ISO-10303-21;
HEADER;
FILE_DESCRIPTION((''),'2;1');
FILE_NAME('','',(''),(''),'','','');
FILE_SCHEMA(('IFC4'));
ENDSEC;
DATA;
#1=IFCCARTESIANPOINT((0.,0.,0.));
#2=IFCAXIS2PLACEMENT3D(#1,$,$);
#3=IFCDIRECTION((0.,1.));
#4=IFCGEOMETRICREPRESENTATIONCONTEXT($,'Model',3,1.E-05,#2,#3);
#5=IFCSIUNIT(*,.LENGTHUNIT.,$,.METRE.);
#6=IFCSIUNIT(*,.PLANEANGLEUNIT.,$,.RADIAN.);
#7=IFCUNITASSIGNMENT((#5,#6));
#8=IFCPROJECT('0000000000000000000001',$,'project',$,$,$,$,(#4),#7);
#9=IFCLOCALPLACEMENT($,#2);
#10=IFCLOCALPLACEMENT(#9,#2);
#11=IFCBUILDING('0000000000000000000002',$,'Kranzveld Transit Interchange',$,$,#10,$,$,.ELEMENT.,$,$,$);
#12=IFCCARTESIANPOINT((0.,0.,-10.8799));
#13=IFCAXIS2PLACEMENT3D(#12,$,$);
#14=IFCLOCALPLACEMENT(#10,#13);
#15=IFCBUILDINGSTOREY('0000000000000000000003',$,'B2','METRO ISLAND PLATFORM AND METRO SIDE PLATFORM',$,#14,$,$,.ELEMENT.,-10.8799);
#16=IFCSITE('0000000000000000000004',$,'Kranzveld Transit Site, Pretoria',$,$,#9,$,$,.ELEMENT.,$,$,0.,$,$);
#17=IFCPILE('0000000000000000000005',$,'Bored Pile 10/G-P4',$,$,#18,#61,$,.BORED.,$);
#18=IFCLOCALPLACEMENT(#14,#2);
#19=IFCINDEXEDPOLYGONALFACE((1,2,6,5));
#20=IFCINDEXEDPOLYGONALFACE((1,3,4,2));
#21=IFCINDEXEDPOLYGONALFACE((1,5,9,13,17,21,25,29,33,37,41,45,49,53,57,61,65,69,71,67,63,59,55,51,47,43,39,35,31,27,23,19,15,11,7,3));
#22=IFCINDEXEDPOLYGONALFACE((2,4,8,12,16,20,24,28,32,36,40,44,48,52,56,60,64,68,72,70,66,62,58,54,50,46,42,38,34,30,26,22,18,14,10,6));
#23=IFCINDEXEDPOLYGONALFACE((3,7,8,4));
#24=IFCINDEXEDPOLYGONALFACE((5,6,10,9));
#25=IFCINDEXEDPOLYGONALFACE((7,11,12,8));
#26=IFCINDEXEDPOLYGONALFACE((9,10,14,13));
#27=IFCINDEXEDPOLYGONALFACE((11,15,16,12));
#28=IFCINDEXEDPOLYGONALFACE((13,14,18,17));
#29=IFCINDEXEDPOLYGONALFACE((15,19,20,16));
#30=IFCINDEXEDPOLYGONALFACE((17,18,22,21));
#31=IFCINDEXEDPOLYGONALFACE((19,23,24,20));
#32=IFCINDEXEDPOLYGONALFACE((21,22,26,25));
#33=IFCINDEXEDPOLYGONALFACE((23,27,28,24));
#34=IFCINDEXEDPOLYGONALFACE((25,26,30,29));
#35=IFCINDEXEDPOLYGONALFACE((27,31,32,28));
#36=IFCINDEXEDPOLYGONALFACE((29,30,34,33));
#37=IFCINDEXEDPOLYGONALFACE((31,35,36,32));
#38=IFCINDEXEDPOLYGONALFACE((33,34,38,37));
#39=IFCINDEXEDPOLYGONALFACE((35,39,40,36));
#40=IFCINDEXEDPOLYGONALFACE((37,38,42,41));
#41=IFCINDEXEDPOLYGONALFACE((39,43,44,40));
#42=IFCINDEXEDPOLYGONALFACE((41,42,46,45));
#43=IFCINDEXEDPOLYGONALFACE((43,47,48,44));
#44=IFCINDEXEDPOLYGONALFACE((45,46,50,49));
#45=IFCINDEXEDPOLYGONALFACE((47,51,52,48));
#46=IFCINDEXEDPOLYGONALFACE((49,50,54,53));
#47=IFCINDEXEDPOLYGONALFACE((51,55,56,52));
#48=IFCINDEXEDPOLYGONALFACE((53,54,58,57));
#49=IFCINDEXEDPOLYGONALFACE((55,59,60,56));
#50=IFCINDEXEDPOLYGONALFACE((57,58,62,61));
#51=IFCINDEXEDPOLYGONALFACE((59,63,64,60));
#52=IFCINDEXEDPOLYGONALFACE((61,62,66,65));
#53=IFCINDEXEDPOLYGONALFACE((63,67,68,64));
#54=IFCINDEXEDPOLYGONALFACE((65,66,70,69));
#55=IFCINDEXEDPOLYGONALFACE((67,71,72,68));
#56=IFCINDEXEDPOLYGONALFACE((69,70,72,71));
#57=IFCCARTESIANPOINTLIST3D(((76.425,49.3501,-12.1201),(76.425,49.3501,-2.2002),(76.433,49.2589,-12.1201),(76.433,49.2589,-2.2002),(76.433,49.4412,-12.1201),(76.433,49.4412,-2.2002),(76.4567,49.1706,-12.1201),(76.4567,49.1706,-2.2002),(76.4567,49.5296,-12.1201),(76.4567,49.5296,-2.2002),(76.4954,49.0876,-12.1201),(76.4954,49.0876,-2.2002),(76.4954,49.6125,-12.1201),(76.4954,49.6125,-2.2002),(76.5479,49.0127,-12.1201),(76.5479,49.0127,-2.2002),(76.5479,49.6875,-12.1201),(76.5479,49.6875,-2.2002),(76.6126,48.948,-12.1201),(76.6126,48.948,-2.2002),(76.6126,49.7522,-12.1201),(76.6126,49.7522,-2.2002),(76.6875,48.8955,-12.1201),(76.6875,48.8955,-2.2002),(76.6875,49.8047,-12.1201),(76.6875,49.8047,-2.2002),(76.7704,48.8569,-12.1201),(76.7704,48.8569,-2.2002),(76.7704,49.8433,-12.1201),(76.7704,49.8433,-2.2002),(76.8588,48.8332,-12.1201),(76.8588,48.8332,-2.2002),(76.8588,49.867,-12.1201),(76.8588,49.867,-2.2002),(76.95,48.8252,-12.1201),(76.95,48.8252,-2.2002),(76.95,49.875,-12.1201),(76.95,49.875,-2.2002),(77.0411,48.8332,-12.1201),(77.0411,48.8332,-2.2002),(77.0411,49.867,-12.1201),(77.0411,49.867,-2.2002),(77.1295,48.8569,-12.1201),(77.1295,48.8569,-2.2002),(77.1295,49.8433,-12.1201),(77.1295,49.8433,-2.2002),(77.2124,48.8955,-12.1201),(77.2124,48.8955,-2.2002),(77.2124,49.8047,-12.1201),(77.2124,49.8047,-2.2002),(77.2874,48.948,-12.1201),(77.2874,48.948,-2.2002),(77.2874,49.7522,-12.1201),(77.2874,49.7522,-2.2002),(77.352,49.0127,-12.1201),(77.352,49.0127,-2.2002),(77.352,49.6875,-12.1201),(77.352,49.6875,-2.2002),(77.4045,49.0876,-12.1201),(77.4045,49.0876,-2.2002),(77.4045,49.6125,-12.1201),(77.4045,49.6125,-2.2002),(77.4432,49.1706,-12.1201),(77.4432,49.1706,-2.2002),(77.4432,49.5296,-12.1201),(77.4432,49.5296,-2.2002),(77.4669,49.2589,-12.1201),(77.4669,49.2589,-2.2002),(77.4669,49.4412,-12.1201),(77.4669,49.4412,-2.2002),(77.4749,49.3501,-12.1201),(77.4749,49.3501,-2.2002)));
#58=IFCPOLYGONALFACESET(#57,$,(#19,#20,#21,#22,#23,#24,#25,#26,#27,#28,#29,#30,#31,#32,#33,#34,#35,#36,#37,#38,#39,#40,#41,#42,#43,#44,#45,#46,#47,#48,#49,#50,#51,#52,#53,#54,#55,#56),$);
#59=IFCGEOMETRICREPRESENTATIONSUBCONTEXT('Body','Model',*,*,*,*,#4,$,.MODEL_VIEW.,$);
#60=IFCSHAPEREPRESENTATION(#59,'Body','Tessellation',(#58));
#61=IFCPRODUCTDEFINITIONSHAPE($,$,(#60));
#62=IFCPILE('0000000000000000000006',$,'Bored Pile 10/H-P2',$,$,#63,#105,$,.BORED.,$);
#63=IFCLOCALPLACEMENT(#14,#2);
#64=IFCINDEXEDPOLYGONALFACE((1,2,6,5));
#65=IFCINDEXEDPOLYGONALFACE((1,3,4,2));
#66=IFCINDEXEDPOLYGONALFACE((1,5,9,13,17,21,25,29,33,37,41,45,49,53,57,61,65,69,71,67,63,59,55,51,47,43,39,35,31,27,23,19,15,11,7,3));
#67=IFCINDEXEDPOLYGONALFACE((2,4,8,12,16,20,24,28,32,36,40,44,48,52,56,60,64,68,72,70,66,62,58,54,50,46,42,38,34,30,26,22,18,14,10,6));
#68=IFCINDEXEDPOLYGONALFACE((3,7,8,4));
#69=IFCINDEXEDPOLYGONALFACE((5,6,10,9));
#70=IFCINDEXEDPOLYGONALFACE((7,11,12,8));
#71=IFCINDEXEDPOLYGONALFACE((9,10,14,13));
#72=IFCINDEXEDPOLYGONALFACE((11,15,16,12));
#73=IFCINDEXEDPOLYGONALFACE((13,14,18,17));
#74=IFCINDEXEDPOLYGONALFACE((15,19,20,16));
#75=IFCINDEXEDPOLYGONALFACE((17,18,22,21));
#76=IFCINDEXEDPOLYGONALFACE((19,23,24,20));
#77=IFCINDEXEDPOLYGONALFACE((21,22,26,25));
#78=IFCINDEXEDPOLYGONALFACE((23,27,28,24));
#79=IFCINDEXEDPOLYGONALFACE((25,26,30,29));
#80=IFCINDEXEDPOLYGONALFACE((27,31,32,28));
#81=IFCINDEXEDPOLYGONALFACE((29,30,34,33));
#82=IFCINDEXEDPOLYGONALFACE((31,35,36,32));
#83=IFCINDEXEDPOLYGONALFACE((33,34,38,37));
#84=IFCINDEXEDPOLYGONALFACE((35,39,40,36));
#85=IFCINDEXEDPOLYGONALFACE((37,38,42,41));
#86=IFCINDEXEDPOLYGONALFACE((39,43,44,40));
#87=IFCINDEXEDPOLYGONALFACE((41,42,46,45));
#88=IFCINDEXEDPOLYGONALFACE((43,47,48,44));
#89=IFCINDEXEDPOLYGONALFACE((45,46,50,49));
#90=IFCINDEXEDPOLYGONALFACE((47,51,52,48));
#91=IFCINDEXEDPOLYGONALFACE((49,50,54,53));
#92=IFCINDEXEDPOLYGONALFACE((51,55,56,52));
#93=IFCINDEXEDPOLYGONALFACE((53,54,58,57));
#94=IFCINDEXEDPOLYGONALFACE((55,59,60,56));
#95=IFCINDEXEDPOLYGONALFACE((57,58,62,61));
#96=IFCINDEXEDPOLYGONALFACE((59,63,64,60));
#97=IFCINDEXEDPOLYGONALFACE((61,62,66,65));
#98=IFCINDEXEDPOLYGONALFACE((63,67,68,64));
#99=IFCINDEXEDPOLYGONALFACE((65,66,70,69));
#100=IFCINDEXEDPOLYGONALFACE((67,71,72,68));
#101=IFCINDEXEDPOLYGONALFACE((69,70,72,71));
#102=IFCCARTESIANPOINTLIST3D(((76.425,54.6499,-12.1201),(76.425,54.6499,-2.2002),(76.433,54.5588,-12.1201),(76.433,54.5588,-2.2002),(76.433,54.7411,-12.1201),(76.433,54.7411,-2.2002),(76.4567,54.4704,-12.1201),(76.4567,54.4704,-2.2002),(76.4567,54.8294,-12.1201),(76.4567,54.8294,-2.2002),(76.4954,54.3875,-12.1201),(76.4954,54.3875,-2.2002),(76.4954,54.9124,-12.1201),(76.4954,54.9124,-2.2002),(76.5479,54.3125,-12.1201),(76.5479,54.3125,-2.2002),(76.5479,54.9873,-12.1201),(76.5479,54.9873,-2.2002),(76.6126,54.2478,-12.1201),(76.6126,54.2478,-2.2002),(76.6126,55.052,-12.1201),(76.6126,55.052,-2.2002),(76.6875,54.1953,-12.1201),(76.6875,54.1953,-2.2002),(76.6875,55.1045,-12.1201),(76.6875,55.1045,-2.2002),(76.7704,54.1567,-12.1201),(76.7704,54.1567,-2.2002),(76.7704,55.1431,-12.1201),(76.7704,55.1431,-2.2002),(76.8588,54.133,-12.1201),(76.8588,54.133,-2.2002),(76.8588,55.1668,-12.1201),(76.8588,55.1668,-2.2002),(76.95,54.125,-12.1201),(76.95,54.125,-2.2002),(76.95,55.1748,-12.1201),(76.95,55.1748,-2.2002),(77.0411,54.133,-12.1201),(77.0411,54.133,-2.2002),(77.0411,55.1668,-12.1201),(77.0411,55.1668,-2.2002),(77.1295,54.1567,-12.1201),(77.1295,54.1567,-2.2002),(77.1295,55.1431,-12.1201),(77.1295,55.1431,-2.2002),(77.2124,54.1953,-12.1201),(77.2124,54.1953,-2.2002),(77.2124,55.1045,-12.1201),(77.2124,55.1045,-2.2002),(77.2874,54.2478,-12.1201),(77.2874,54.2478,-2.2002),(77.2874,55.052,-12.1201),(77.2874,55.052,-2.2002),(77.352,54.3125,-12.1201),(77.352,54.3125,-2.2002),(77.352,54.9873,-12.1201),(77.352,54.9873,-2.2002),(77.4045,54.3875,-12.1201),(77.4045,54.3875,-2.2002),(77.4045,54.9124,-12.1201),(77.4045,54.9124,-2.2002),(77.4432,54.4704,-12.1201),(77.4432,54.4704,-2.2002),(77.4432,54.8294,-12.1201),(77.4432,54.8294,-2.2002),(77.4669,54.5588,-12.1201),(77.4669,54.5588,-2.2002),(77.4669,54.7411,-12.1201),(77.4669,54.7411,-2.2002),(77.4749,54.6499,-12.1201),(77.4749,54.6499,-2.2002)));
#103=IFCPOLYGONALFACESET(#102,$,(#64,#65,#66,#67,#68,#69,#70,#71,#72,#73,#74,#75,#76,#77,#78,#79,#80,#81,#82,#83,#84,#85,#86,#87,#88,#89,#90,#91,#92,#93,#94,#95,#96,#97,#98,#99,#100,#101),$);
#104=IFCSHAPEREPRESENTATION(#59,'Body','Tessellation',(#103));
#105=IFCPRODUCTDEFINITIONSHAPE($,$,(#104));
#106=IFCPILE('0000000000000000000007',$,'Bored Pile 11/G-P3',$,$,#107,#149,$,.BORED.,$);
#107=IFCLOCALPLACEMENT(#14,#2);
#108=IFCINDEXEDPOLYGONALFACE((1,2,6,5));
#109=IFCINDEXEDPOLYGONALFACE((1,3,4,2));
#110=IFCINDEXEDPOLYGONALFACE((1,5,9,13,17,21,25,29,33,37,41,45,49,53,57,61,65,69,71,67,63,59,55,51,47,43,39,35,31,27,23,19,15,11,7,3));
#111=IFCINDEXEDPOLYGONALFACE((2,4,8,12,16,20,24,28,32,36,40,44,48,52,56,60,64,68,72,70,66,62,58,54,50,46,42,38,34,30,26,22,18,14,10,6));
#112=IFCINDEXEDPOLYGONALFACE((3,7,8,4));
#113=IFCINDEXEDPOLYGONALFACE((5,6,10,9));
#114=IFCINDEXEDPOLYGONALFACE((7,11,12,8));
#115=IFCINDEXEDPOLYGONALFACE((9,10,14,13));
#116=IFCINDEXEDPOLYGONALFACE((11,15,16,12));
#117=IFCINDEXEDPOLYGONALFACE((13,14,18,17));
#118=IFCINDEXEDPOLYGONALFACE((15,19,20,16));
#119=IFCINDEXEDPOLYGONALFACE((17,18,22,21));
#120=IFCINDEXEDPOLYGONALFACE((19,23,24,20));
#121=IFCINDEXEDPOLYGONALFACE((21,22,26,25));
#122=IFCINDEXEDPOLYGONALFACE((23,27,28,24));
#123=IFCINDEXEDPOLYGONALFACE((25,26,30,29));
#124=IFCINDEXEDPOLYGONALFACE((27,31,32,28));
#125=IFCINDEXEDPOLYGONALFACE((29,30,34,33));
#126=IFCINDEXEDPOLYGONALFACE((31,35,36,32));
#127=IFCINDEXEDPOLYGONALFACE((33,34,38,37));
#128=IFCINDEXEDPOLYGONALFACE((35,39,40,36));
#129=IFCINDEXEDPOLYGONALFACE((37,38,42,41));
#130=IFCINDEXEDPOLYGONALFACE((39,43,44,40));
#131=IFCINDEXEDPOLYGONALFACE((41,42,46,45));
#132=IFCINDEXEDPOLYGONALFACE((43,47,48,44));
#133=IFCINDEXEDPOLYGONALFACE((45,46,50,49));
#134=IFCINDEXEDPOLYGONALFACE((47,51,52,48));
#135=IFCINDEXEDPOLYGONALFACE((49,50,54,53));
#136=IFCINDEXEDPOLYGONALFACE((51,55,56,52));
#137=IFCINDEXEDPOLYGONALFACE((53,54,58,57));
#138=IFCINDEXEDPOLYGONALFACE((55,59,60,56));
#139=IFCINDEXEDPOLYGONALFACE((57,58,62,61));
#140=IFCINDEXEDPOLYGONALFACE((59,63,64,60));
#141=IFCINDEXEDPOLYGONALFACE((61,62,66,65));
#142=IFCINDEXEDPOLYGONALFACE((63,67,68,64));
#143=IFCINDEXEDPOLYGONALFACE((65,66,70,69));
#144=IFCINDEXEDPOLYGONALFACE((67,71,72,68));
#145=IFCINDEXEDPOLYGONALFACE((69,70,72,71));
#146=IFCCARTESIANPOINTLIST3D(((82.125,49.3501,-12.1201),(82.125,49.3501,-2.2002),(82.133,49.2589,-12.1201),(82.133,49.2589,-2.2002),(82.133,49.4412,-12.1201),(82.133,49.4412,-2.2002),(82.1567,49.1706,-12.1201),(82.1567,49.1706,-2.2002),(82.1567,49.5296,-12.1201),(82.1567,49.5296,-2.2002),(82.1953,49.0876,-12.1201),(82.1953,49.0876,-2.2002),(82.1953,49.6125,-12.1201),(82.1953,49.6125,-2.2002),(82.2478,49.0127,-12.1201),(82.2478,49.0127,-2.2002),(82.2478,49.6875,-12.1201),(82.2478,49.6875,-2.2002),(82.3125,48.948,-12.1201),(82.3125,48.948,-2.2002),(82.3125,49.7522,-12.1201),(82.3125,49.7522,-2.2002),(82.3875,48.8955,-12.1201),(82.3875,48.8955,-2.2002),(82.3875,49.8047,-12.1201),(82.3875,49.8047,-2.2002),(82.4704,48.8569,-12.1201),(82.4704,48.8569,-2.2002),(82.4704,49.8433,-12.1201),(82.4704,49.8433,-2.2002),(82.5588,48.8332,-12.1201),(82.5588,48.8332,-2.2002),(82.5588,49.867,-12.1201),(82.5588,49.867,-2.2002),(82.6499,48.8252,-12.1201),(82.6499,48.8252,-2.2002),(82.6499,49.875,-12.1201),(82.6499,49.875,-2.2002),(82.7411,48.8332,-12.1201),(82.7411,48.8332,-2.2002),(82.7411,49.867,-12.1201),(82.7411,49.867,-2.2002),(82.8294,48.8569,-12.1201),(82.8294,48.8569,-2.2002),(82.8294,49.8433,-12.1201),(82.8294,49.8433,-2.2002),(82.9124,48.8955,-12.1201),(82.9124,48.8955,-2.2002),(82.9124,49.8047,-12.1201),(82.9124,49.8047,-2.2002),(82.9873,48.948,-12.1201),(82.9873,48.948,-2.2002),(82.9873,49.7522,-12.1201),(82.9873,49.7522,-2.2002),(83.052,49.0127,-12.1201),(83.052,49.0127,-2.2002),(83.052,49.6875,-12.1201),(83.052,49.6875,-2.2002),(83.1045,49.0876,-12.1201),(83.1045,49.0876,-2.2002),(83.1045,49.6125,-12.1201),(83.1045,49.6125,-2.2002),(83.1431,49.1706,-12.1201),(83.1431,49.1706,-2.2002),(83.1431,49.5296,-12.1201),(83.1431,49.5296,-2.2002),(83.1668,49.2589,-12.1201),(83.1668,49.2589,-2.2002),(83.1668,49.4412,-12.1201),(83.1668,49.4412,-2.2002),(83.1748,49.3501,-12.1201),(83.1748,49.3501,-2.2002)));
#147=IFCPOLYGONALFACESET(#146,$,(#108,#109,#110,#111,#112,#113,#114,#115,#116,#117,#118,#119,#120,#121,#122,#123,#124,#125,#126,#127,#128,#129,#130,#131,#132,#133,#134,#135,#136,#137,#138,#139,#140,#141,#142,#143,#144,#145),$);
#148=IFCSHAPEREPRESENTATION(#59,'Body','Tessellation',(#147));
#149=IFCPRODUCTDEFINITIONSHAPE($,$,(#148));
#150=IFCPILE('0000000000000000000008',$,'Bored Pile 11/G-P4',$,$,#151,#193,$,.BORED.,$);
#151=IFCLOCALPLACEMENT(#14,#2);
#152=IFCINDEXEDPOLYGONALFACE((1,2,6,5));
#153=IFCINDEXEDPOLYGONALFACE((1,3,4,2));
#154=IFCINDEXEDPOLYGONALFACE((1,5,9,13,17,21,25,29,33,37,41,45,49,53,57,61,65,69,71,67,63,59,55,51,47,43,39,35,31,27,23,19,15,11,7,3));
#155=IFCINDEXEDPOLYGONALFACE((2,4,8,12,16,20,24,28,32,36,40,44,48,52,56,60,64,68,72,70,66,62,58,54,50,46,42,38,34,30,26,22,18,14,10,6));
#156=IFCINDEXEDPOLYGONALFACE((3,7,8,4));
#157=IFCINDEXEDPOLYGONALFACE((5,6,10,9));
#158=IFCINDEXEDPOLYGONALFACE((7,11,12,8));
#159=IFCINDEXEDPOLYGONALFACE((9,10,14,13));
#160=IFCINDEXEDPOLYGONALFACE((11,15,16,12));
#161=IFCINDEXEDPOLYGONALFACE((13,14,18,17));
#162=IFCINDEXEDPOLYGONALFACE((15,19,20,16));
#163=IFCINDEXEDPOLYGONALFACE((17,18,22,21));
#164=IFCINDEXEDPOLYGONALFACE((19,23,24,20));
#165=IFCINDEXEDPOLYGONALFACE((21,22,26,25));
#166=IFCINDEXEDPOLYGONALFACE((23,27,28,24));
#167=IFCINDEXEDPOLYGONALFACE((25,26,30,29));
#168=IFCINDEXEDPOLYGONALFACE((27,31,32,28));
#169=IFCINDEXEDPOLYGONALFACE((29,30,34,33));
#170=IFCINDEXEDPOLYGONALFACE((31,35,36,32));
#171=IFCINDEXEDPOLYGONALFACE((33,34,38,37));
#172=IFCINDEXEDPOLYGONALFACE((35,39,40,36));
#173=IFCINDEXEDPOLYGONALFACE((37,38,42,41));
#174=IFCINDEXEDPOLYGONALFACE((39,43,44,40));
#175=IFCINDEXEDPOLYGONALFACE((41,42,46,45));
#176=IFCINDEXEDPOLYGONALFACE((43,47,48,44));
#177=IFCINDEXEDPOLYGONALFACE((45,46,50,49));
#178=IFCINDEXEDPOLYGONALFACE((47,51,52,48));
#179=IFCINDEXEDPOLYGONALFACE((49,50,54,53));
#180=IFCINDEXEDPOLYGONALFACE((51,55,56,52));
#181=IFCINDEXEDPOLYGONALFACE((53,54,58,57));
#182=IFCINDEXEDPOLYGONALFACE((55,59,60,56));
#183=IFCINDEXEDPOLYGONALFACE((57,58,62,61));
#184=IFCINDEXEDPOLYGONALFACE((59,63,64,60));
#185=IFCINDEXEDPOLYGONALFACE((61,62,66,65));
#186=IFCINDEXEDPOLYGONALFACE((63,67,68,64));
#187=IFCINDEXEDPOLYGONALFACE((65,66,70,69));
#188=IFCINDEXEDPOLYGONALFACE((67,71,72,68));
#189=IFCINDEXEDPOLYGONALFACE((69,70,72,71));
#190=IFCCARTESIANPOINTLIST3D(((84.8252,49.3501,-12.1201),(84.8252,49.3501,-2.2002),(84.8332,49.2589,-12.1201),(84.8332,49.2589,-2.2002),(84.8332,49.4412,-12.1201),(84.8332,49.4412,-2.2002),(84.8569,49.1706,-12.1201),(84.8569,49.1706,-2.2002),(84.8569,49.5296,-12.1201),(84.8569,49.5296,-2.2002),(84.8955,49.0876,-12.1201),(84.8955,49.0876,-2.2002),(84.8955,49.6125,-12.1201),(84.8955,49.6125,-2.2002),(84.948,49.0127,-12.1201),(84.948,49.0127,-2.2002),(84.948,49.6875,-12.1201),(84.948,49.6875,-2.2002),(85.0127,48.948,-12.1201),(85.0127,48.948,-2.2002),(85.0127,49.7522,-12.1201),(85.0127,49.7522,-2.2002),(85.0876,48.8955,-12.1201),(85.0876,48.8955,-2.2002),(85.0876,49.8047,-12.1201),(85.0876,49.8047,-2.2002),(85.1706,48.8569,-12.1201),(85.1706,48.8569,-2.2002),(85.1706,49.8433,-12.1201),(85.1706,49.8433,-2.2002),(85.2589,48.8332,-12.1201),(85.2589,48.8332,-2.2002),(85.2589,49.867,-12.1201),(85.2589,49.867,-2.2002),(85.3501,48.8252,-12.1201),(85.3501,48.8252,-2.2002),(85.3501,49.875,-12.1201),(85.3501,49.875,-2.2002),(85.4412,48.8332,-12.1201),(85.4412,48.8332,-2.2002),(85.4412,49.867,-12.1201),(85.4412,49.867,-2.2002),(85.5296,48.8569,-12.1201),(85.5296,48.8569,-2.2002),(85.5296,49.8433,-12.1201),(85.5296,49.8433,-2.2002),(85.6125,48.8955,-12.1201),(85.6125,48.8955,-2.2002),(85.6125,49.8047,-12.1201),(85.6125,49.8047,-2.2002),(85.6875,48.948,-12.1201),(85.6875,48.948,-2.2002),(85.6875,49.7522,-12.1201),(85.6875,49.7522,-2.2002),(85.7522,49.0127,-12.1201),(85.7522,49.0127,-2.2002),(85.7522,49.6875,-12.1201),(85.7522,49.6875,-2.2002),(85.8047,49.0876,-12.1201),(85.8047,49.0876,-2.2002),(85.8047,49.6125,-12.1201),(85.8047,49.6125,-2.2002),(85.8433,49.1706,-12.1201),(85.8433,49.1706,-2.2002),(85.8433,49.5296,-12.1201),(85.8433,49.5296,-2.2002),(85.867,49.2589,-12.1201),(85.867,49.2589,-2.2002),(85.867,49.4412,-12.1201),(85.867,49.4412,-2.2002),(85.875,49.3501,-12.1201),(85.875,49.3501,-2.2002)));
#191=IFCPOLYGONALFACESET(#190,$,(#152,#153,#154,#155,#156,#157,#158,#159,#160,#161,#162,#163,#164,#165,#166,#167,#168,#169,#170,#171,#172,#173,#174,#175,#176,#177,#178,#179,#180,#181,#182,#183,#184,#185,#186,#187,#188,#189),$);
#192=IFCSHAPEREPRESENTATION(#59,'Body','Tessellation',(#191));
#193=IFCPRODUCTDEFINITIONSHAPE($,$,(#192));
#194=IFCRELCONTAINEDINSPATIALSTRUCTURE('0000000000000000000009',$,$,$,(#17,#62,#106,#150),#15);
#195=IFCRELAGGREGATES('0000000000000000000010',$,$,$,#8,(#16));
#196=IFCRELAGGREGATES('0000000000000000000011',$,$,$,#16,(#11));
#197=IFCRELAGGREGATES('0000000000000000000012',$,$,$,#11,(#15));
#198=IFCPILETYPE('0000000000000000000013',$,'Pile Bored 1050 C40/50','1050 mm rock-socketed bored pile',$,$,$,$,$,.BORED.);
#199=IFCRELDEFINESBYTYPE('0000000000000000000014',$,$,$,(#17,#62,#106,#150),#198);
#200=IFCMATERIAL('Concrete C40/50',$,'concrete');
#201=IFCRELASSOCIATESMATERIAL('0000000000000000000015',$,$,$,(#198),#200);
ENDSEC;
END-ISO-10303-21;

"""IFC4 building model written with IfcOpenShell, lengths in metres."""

from ifc_helpers import new_model, si_unit, direction, frame, origin, origin_2d, place, context, subcontext, project, spatial, circle, extrude, material, material_profile, profile_set, type_object, element, save


model = new_model("IFC4")

# Units and contexts
model_context = context("Model", 3, precision=1e-05, world=origin(), true_north=direction((0.0, 1.0)))
body_context = subcontext(model_context, "Body", "Model", "MODEL_VIEW")
ifc_project = project(units=[si_unit("LENGTHUNIT", "METRE"), si_unit("PLANEANGLEUNIT", "RADIAN")], contexts=[model_context])

# Site, building, storey
site_placement = place(None, origin())
site = spatial("IfcSite", under=ifc_project, at=site_placement, Name="Kranzveld Transit Site, Pretoria", CompositionType="ELEMENT", RefElevation=0.0)
building_placement = place(site_placement, origin())
building = spatial("IfcBuilding", under=site, at=building_placement, Name="Kranzveld Transit Interchange", CompositionType="ELEMENT")
storey_placement = place(building_placement, frame((0.0, 0.0, -10.8799)))
storey = spatial("IfcBuildingStorey", under=building, at=storey_placement, Name="B2", Description="METRO ISLAND PLATFORM AND METRO SIDE PLATFORM", CompositionType="ELEMENT", Elevation=-10.8799)

# Piles
ifc_material_1 = material(Name="Concrete C40/50", Category="concrete")
ifc_material_profile_1 = material_profile(ifc_material_1, circle(Radius=0.5249, at=origin_2d()), Name="BORED PILE 1050")
ifc_profile_set_1 = profile_set([ifc_material_profile_1], Name="Concrete C40/50")
pile_type = type_object("IfcPileType", Name="Pile Bored 1050 C40/50", Description="1050 mm rock-socketed bored pile", PredefinedType="BORED", material=ifc_profile_set_1)
for number, where, z_axis, x_axis, name in (
    (1, (76.95, 49.3501, -2.2002), (0.0, 0.0, -1.0), (1.0, 0.0, 0.0), "Bored Pile 10/G-P4"),
    (2, (76.95, 54.6499, -2.2002), (0.0, 0.0, -1.0), (1.0, 0.0, 0.0), "Bored Pile 10/H-P2"),
    (3, (82.6499, 49.3501, -2.2002), (0.0, 0.0, -1.0), (1.0, 0.0, 0.0), "Bored Pile 11/G-P3"),
    (4, (85.3501, 49.3501, -2.2002), (0.0, 0.0, -1.0), (1.0, 0.0, 0.0), "Bored Pile 11/G-P4"),
):
    element("IfcPile", number, at=place(storey_placement, frame(where, z_axis=z_axis, x_axis=x_axis)), inside=storey, type_object=pile_type, Name=name, PredefinedType="BORED", context=body_context, shape_type="SweptSolid", body=[
        extrude(circle(Radius=0.5249, at=origin_2d()), origin(), (0.0, 0.0, 1.0), 9.9199),
    ])

save(model, "model.ifc")
